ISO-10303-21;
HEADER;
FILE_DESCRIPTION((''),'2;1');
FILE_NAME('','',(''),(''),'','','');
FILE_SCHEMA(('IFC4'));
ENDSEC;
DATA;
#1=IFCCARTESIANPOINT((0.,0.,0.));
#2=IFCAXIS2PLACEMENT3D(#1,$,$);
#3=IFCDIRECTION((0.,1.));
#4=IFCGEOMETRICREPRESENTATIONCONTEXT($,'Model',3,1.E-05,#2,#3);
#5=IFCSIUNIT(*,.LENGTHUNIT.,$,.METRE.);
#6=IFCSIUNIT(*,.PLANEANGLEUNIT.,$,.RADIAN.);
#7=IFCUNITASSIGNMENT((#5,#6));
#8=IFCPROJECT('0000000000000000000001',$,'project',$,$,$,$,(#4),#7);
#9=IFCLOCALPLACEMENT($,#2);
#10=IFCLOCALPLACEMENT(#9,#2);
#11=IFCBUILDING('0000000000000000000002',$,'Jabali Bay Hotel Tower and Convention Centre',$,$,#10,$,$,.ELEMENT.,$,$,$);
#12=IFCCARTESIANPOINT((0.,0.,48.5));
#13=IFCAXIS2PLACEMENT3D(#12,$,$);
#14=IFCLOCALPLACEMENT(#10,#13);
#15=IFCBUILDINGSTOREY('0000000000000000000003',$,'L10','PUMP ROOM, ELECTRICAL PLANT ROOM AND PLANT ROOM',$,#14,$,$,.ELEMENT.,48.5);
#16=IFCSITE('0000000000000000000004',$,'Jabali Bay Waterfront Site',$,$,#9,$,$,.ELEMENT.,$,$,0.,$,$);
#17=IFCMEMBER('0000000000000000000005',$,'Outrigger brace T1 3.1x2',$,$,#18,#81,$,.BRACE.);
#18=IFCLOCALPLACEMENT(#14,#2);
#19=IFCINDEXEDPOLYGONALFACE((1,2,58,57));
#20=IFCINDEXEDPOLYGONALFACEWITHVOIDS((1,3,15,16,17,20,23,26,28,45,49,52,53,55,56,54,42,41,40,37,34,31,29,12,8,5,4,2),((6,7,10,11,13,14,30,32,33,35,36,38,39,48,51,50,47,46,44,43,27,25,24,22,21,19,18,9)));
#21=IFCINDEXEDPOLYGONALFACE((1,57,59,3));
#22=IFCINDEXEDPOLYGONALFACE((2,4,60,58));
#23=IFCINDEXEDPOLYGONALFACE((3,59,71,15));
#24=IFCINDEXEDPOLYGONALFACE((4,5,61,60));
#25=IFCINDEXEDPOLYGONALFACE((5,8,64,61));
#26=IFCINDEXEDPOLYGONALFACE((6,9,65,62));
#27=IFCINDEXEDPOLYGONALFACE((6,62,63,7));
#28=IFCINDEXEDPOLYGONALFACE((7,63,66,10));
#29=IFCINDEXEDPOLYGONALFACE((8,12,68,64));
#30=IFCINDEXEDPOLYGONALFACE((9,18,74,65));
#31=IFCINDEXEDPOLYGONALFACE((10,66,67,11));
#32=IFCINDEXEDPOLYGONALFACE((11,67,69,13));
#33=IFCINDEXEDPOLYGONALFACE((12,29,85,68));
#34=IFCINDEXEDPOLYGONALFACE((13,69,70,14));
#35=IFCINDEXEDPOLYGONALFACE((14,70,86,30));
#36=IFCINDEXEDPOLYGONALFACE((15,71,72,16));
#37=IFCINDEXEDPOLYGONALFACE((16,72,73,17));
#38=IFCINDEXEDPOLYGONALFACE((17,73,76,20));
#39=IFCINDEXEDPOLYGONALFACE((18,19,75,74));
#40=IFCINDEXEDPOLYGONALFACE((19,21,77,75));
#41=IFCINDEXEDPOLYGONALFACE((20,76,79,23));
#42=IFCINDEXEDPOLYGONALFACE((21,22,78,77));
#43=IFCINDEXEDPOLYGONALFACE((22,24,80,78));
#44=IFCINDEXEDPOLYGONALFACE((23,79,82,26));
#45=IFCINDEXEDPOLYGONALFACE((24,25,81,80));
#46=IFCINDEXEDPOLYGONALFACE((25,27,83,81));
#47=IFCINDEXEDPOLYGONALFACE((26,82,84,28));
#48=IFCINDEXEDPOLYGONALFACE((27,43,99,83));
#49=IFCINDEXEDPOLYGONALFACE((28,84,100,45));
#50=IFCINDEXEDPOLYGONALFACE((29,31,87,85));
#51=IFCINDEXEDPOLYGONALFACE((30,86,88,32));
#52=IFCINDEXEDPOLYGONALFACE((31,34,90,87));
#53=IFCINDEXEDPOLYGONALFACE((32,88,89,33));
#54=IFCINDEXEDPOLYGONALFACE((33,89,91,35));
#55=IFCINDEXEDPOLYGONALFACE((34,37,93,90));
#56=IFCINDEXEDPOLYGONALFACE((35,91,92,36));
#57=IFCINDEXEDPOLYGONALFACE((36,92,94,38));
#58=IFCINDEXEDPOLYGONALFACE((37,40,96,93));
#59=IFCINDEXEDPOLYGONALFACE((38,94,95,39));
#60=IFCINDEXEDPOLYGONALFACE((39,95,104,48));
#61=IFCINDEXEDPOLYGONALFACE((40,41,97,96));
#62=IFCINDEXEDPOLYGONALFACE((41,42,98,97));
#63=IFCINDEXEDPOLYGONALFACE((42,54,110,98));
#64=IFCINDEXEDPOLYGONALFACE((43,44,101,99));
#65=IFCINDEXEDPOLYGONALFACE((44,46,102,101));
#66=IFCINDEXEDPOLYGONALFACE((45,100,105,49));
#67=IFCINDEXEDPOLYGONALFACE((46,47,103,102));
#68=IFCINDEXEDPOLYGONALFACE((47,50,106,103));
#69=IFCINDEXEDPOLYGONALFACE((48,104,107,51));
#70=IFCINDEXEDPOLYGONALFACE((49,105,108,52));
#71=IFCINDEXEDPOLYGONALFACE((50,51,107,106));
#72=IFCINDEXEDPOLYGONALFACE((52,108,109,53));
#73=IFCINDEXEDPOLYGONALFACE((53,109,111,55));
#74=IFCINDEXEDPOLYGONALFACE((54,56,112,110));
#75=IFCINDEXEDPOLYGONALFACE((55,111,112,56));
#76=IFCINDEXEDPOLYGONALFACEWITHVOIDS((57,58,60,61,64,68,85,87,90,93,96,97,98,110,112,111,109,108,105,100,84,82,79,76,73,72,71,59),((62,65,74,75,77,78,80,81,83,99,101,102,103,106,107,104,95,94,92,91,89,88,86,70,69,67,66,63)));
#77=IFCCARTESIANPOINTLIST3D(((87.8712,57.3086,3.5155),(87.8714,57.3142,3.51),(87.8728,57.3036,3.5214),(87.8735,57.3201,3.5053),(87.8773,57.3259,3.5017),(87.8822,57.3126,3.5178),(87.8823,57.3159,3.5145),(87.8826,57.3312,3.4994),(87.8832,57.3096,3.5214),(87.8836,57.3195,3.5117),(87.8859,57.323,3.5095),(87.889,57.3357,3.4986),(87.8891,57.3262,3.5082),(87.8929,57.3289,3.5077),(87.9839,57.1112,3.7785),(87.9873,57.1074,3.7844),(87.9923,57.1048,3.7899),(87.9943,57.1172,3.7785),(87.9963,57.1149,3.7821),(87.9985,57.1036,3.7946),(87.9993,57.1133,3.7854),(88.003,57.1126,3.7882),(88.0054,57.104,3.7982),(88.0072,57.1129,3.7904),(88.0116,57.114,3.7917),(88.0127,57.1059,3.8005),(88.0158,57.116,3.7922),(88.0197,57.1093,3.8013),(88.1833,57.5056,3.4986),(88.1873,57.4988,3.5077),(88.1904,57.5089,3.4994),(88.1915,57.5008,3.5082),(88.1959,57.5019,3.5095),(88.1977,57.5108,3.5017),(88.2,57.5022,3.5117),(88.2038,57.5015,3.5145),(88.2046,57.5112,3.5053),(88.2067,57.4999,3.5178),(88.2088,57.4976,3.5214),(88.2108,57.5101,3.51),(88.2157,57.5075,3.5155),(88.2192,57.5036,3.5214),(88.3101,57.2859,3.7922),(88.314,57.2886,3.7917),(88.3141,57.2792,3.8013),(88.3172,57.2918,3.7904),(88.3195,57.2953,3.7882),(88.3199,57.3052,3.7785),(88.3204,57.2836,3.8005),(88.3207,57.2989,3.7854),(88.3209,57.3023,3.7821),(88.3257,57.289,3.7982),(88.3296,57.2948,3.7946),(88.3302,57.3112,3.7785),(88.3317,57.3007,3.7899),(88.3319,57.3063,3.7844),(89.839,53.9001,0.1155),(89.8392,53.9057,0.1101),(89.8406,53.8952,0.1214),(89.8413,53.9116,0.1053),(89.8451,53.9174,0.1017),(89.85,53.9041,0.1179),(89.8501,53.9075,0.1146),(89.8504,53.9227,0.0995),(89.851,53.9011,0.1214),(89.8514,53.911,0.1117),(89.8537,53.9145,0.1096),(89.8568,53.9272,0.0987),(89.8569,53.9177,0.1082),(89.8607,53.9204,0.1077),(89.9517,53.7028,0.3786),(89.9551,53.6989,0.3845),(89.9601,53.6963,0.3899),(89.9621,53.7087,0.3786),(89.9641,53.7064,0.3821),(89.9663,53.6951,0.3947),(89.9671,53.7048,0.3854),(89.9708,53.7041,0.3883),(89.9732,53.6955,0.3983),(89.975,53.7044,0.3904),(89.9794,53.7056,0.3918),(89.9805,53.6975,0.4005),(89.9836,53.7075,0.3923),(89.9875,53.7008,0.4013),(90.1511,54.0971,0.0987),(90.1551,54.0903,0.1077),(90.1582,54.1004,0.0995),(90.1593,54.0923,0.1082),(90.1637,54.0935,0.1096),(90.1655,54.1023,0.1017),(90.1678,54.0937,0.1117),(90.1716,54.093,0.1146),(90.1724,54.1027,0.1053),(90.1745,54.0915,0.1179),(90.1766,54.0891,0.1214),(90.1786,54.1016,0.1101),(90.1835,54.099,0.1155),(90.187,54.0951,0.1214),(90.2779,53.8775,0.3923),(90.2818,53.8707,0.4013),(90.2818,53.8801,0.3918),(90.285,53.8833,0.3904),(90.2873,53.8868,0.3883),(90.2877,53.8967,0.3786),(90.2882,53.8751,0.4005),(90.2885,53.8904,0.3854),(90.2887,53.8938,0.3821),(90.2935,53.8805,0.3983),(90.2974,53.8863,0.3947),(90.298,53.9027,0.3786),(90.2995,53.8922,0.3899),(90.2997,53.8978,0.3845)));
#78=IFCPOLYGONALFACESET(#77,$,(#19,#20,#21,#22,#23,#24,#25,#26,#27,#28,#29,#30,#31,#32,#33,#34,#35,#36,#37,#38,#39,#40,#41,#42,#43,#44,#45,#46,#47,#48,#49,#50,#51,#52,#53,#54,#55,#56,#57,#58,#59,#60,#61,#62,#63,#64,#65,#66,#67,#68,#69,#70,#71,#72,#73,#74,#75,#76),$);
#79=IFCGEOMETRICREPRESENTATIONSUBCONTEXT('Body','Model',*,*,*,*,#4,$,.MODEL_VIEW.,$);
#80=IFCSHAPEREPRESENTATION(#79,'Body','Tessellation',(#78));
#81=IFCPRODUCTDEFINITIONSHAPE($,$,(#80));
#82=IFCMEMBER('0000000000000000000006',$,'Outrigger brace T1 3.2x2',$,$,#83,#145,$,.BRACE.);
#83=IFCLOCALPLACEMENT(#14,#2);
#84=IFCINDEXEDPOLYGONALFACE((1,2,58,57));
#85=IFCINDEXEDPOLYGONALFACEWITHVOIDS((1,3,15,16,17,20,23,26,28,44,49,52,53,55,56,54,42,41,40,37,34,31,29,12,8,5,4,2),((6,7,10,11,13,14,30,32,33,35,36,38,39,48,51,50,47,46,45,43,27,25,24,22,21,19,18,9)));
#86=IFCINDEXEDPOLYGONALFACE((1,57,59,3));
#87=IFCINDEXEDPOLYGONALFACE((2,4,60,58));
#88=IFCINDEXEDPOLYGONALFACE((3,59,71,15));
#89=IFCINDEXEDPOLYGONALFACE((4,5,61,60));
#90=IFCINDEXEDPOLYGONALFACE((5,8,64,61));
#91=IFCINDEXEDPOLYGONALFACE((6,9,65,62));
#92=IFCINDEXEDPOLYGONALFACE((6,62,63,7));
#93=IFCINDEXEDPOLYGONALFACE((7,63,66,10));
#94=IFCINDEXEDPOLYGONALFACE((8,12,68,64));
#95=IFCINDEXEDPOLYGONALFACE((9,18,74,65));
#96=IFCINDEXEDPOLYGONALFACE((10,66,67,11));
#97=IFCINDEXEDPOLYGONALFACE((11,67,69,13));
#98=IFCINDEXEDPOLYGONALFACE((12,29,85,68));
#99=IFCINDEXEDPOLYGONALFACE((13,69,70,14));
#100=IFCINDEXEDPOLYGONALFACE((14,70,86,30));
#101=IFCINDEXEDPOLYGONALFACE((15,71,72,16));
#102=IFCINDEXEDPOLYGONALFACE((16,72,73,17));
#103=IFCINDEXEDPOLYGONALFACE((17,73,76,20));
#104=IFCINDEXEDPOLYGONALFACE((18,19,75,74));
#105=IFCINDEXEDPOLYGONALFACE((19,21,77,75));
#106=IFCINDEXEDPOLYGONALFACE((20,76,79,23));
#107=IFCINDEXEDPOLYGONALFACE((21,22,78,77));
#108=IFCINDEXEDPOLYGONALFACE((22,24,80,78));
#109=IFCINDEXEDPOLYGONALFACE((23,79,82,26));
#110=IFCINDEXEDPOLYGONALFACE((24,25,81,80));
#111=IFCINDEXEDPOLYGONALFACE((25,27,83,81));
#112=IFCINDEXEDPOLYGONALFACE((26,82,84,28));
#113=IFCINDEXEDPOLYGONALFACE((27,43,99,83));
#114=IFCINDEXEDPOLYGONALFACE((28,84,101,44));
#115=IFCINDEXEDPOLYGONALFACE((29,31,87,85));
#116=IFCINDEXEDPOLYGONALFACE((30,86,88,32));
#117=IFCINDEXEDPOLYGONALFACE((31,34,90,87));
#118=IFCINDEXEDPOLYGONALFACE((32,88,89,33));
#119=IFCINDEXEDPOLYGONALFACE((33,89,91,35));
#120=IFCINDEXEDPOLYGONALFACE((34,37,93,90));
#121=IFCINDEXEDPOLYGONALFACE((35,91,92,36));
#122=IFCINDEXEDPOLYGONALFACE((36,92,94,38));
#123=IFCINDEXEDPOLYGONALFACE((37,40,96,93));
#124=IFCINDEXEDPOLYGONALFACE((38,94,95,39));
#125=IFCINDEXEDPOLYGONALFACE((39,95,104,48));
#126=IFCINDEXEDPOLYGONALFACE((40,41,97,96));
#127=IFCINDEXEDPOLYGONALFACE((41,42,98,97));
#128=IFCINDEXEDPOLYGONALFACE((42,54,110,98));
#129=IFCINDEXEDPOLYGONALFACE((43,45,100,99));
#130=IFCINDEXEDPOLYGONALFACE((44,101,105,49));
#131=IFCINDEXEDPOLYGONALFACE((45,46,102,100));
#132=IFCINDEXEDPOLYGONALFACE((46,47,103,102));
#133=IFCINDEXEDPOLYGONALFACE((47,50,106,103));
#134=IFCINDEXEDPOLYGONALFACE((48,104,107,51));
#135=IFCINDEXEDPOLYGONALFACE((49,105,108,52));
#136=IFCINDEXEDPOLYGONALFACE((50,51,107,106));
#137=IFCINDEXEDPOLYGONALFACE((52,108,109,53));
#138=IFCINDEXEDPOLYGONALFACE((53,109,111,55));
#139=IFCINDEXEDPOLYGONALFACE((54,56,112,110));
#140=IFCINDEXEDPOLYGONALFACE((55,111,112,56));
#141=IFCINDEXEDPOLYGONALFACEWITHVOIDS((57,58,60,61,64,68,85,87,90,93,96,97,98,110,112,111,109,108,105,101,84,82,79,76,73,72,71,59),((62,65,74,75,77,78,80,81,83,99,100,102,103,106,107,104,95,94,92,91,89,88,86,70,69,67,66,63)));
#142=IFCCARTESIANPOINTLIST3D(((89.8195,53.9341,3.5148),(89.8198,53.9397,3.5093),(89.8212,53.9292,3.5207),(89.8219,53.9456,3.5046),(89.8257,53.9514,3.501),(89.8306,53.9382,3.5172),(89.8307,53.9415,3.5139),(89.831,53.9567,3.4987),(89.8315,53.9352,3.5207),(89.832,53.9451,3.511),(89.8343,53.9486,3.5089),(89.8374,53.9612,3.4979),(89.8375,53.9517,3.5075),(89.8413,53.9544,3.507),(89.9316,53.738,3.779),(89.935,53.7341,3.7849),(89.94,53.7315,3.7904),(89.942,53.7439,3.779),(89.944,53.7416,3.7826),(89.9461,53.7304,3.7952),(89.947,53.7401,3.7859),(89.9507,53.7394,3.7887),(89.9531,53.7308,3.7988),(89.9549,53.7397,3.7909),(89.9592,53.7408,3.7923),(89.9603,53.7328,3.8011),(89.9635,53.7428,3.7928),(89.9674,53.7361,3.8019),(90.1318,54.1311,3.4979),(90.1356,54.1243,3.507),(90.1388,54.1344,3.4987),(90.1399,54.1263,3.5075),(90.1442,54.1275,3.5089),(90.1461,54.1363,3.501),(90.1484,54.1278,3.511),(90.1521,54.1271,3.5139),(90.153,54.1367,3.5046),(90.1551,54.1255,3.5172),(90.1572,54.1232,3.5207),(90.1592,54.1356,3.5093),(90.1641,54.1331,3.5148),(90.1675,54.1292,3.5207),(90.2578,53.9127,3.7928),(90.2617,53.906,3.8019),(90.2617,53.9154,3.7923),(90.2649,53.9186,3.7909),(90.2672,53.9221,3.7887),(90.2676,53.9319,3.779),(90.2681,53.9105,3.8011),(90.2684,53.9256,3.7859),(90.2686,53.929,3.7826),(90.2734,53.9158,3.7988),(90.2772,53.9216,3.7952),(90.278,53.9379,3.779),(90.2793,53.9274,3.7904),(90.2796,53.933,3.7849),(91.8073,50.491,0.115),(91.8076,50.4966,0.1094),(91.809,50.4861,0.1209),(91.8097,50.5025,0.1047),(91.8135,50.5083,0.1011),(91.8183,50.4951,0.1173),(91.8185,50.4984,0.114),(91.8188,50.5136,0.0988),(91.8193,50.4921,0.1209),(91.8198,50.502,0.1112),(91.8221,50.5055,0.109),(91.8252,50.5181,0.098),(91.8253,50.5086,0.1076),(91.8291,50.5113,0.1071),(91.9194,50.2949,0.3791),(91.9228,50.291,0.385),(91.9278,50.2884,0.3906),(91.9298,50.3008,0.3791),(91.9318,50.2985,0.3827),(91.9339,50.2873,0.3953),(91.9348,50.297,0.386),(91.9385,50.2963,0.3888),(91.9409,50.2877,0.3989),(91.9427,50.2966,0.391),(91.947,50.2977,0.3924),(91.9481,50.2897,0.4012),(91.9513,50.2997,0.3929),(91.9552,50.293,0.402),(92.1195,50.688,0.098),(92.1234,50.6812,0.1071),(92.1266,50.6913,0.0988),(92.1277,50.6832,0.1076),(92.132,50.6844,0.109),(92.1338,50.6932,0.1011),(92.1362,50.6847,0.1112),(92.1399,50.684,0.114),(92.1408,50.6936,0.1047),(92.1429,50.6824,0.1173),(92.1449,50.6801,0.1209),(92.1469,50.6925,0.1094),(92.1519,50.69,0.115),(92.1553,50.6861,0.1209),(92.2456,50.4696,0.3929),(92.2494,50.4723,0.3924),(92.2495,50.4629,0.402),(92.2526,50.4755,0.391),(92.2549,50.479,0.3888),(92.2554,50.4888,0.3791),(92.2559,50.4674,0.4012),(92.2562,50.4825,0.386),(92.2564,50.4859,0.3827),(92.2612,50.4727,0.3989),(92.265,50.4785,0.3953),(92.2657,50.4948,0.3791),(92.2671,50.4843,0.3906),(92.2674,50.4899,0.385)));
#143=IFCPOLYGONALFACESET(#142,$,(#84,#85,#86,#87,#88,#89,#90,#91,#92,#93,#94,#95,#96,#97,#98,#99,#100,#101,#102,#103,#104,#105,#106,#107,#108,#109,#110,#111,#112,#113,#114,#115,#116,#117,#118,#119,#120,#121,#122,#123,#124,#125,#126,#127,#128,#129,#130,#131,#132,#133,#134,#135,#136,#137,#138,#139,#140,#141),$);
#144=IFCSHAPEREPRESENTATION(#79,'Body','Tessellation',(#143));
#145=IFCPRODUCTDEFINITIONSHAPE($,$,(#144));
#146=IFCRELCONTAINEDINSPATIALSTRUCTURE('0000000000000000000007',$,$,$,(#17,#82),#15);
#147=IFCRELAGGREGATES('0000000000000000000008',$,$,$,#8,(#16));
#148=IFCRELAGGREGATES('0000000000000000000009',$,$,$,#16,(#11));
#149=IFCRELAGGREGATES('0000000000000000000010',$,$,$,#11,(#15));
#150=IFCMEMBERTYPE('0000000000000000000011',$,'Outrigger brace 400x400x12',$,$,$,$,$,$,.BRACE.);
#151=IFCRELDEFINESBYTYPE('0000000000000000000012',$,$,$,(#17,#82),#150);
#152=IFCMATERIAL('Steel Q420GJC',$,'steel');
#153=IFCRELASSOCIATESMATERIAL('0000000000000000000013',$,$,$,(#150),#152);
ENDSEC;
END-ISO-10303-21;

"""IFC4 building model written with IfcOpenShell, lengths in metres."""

from ifc_helpers import new_model, si_unit, direction, frame, origin, origin_2d, place, context, subcontext, project, spatial, hollow_rectangle, extrude, material, material_profile, profile_set, type_object, element, save


model = new_model("IFC4")

# Units and contexts
model_context = context("Model", 3, precision=1e-05, world=origin(), true_north=direction((0.0, 1.0)))
body_context = subcontext(model_context, "Body", "Model", "MODEL_VIEW")
ifc_project = project(units=[si_unit("LENGTHUNIT", "METRE"), si_unit("PLANEANGLEUNIT", "RADIAN")], contexts=[model_context])

# Site, building, storey
site_placement = place(None, origin())
site = spatial("IfcSite", under=ifc_project, at=site_placement, Name="Jabali Bay Waterfront Site", CompositionType="ELEMENT", RefElevation=0.0)
building_placement = place(site_placement, origin())
building = spatial("IfcBuilding", under=site, at=building_placement, Name="Jabali Bay Hotel Tower and Convention Centre", CompositionType="ELEMENT")
storey_placement = place(building_placement, frame((0.0, 0.0, 48.5)))
storey = spatial("IfcBuildingStorey", under=building, at=storey_placement, Name="L10", Description="PUMP ROOM, ELECTRICAL PLANT ROOM AND PLANT ROOM", CompositionType="ELEMENT", Elevation=48.5)

# Members
ifc_material_1 = material(Name="Steel Q420GJC", Category="steel")
ifc_material_profile_1 = material_profile(ifc_material_1, hollow_rectangle(XDim=0.3999, YDim=0.3999, WallThickness=0.012, InnerFilletRadius=0.0181, OuterFilletRadius=0.03, at=origin_2d()), Name="Outrigger brace 400x400x12")
ifc_profile_set_1 = profile_set([ifc_material_profile_1], Name="Steel Q420GJC")
member_type_1 = type_object("IfcMemberType", Name="Outrigger brace 400x400x12", PredefinedType="BRACE", material=ifc_profile_set_1)
member_1_placement = place(storey_placement, frame((90.0693, 53.8989, 0.25), z_axis=(-0.378355, 0.655362, 0.653719), x_axis=(-0.866036, -0.499982, 0.0)))
element("IfcMember", 1, at=member_1_placement, inside=storey, type_object=member_type_1, Name="Outrigger brace T1 3.1x2", PredefinedType="BRACE", context=body_context, shape_type="SweptSolid", body=[
    extrude(hollow_rectangle(XDim=0.3999, YDim=0.3999, WallThickness=0.012, InnerFilletRadius=0.0181, OuterFilletRadius=0.03, at=origin_2d()), origin(), (0.0, 0.0, 1.0), 5.2009),
])
member_2_placement = place(storey_placement, frame((92.0374, 50.4905, 0.25), z_axis=(-0.379986, 0.658185, 0.649925), x_axis=(-0.866035, -0.499983, 0.0)))
element("IfcMember", 2, at=member_2_placement, inside=storey, type_object=member_type_1, Name="Outrigger brace T1 3.2x2", PredefinedType="BRACE", context=body_context, shape_type="SweptSolid", body=[
    extrude(hollow_rectangle(XDim=0.3999, YDim=0.3999, WallThickness=0.012, InnerFilletRadius=0.0181, OuterFilletRadius=0.03, at=origin_2d()), origin(), (0.0, 0.0, 1.0), 5.2312),
])

save(model, "model.ifc")
